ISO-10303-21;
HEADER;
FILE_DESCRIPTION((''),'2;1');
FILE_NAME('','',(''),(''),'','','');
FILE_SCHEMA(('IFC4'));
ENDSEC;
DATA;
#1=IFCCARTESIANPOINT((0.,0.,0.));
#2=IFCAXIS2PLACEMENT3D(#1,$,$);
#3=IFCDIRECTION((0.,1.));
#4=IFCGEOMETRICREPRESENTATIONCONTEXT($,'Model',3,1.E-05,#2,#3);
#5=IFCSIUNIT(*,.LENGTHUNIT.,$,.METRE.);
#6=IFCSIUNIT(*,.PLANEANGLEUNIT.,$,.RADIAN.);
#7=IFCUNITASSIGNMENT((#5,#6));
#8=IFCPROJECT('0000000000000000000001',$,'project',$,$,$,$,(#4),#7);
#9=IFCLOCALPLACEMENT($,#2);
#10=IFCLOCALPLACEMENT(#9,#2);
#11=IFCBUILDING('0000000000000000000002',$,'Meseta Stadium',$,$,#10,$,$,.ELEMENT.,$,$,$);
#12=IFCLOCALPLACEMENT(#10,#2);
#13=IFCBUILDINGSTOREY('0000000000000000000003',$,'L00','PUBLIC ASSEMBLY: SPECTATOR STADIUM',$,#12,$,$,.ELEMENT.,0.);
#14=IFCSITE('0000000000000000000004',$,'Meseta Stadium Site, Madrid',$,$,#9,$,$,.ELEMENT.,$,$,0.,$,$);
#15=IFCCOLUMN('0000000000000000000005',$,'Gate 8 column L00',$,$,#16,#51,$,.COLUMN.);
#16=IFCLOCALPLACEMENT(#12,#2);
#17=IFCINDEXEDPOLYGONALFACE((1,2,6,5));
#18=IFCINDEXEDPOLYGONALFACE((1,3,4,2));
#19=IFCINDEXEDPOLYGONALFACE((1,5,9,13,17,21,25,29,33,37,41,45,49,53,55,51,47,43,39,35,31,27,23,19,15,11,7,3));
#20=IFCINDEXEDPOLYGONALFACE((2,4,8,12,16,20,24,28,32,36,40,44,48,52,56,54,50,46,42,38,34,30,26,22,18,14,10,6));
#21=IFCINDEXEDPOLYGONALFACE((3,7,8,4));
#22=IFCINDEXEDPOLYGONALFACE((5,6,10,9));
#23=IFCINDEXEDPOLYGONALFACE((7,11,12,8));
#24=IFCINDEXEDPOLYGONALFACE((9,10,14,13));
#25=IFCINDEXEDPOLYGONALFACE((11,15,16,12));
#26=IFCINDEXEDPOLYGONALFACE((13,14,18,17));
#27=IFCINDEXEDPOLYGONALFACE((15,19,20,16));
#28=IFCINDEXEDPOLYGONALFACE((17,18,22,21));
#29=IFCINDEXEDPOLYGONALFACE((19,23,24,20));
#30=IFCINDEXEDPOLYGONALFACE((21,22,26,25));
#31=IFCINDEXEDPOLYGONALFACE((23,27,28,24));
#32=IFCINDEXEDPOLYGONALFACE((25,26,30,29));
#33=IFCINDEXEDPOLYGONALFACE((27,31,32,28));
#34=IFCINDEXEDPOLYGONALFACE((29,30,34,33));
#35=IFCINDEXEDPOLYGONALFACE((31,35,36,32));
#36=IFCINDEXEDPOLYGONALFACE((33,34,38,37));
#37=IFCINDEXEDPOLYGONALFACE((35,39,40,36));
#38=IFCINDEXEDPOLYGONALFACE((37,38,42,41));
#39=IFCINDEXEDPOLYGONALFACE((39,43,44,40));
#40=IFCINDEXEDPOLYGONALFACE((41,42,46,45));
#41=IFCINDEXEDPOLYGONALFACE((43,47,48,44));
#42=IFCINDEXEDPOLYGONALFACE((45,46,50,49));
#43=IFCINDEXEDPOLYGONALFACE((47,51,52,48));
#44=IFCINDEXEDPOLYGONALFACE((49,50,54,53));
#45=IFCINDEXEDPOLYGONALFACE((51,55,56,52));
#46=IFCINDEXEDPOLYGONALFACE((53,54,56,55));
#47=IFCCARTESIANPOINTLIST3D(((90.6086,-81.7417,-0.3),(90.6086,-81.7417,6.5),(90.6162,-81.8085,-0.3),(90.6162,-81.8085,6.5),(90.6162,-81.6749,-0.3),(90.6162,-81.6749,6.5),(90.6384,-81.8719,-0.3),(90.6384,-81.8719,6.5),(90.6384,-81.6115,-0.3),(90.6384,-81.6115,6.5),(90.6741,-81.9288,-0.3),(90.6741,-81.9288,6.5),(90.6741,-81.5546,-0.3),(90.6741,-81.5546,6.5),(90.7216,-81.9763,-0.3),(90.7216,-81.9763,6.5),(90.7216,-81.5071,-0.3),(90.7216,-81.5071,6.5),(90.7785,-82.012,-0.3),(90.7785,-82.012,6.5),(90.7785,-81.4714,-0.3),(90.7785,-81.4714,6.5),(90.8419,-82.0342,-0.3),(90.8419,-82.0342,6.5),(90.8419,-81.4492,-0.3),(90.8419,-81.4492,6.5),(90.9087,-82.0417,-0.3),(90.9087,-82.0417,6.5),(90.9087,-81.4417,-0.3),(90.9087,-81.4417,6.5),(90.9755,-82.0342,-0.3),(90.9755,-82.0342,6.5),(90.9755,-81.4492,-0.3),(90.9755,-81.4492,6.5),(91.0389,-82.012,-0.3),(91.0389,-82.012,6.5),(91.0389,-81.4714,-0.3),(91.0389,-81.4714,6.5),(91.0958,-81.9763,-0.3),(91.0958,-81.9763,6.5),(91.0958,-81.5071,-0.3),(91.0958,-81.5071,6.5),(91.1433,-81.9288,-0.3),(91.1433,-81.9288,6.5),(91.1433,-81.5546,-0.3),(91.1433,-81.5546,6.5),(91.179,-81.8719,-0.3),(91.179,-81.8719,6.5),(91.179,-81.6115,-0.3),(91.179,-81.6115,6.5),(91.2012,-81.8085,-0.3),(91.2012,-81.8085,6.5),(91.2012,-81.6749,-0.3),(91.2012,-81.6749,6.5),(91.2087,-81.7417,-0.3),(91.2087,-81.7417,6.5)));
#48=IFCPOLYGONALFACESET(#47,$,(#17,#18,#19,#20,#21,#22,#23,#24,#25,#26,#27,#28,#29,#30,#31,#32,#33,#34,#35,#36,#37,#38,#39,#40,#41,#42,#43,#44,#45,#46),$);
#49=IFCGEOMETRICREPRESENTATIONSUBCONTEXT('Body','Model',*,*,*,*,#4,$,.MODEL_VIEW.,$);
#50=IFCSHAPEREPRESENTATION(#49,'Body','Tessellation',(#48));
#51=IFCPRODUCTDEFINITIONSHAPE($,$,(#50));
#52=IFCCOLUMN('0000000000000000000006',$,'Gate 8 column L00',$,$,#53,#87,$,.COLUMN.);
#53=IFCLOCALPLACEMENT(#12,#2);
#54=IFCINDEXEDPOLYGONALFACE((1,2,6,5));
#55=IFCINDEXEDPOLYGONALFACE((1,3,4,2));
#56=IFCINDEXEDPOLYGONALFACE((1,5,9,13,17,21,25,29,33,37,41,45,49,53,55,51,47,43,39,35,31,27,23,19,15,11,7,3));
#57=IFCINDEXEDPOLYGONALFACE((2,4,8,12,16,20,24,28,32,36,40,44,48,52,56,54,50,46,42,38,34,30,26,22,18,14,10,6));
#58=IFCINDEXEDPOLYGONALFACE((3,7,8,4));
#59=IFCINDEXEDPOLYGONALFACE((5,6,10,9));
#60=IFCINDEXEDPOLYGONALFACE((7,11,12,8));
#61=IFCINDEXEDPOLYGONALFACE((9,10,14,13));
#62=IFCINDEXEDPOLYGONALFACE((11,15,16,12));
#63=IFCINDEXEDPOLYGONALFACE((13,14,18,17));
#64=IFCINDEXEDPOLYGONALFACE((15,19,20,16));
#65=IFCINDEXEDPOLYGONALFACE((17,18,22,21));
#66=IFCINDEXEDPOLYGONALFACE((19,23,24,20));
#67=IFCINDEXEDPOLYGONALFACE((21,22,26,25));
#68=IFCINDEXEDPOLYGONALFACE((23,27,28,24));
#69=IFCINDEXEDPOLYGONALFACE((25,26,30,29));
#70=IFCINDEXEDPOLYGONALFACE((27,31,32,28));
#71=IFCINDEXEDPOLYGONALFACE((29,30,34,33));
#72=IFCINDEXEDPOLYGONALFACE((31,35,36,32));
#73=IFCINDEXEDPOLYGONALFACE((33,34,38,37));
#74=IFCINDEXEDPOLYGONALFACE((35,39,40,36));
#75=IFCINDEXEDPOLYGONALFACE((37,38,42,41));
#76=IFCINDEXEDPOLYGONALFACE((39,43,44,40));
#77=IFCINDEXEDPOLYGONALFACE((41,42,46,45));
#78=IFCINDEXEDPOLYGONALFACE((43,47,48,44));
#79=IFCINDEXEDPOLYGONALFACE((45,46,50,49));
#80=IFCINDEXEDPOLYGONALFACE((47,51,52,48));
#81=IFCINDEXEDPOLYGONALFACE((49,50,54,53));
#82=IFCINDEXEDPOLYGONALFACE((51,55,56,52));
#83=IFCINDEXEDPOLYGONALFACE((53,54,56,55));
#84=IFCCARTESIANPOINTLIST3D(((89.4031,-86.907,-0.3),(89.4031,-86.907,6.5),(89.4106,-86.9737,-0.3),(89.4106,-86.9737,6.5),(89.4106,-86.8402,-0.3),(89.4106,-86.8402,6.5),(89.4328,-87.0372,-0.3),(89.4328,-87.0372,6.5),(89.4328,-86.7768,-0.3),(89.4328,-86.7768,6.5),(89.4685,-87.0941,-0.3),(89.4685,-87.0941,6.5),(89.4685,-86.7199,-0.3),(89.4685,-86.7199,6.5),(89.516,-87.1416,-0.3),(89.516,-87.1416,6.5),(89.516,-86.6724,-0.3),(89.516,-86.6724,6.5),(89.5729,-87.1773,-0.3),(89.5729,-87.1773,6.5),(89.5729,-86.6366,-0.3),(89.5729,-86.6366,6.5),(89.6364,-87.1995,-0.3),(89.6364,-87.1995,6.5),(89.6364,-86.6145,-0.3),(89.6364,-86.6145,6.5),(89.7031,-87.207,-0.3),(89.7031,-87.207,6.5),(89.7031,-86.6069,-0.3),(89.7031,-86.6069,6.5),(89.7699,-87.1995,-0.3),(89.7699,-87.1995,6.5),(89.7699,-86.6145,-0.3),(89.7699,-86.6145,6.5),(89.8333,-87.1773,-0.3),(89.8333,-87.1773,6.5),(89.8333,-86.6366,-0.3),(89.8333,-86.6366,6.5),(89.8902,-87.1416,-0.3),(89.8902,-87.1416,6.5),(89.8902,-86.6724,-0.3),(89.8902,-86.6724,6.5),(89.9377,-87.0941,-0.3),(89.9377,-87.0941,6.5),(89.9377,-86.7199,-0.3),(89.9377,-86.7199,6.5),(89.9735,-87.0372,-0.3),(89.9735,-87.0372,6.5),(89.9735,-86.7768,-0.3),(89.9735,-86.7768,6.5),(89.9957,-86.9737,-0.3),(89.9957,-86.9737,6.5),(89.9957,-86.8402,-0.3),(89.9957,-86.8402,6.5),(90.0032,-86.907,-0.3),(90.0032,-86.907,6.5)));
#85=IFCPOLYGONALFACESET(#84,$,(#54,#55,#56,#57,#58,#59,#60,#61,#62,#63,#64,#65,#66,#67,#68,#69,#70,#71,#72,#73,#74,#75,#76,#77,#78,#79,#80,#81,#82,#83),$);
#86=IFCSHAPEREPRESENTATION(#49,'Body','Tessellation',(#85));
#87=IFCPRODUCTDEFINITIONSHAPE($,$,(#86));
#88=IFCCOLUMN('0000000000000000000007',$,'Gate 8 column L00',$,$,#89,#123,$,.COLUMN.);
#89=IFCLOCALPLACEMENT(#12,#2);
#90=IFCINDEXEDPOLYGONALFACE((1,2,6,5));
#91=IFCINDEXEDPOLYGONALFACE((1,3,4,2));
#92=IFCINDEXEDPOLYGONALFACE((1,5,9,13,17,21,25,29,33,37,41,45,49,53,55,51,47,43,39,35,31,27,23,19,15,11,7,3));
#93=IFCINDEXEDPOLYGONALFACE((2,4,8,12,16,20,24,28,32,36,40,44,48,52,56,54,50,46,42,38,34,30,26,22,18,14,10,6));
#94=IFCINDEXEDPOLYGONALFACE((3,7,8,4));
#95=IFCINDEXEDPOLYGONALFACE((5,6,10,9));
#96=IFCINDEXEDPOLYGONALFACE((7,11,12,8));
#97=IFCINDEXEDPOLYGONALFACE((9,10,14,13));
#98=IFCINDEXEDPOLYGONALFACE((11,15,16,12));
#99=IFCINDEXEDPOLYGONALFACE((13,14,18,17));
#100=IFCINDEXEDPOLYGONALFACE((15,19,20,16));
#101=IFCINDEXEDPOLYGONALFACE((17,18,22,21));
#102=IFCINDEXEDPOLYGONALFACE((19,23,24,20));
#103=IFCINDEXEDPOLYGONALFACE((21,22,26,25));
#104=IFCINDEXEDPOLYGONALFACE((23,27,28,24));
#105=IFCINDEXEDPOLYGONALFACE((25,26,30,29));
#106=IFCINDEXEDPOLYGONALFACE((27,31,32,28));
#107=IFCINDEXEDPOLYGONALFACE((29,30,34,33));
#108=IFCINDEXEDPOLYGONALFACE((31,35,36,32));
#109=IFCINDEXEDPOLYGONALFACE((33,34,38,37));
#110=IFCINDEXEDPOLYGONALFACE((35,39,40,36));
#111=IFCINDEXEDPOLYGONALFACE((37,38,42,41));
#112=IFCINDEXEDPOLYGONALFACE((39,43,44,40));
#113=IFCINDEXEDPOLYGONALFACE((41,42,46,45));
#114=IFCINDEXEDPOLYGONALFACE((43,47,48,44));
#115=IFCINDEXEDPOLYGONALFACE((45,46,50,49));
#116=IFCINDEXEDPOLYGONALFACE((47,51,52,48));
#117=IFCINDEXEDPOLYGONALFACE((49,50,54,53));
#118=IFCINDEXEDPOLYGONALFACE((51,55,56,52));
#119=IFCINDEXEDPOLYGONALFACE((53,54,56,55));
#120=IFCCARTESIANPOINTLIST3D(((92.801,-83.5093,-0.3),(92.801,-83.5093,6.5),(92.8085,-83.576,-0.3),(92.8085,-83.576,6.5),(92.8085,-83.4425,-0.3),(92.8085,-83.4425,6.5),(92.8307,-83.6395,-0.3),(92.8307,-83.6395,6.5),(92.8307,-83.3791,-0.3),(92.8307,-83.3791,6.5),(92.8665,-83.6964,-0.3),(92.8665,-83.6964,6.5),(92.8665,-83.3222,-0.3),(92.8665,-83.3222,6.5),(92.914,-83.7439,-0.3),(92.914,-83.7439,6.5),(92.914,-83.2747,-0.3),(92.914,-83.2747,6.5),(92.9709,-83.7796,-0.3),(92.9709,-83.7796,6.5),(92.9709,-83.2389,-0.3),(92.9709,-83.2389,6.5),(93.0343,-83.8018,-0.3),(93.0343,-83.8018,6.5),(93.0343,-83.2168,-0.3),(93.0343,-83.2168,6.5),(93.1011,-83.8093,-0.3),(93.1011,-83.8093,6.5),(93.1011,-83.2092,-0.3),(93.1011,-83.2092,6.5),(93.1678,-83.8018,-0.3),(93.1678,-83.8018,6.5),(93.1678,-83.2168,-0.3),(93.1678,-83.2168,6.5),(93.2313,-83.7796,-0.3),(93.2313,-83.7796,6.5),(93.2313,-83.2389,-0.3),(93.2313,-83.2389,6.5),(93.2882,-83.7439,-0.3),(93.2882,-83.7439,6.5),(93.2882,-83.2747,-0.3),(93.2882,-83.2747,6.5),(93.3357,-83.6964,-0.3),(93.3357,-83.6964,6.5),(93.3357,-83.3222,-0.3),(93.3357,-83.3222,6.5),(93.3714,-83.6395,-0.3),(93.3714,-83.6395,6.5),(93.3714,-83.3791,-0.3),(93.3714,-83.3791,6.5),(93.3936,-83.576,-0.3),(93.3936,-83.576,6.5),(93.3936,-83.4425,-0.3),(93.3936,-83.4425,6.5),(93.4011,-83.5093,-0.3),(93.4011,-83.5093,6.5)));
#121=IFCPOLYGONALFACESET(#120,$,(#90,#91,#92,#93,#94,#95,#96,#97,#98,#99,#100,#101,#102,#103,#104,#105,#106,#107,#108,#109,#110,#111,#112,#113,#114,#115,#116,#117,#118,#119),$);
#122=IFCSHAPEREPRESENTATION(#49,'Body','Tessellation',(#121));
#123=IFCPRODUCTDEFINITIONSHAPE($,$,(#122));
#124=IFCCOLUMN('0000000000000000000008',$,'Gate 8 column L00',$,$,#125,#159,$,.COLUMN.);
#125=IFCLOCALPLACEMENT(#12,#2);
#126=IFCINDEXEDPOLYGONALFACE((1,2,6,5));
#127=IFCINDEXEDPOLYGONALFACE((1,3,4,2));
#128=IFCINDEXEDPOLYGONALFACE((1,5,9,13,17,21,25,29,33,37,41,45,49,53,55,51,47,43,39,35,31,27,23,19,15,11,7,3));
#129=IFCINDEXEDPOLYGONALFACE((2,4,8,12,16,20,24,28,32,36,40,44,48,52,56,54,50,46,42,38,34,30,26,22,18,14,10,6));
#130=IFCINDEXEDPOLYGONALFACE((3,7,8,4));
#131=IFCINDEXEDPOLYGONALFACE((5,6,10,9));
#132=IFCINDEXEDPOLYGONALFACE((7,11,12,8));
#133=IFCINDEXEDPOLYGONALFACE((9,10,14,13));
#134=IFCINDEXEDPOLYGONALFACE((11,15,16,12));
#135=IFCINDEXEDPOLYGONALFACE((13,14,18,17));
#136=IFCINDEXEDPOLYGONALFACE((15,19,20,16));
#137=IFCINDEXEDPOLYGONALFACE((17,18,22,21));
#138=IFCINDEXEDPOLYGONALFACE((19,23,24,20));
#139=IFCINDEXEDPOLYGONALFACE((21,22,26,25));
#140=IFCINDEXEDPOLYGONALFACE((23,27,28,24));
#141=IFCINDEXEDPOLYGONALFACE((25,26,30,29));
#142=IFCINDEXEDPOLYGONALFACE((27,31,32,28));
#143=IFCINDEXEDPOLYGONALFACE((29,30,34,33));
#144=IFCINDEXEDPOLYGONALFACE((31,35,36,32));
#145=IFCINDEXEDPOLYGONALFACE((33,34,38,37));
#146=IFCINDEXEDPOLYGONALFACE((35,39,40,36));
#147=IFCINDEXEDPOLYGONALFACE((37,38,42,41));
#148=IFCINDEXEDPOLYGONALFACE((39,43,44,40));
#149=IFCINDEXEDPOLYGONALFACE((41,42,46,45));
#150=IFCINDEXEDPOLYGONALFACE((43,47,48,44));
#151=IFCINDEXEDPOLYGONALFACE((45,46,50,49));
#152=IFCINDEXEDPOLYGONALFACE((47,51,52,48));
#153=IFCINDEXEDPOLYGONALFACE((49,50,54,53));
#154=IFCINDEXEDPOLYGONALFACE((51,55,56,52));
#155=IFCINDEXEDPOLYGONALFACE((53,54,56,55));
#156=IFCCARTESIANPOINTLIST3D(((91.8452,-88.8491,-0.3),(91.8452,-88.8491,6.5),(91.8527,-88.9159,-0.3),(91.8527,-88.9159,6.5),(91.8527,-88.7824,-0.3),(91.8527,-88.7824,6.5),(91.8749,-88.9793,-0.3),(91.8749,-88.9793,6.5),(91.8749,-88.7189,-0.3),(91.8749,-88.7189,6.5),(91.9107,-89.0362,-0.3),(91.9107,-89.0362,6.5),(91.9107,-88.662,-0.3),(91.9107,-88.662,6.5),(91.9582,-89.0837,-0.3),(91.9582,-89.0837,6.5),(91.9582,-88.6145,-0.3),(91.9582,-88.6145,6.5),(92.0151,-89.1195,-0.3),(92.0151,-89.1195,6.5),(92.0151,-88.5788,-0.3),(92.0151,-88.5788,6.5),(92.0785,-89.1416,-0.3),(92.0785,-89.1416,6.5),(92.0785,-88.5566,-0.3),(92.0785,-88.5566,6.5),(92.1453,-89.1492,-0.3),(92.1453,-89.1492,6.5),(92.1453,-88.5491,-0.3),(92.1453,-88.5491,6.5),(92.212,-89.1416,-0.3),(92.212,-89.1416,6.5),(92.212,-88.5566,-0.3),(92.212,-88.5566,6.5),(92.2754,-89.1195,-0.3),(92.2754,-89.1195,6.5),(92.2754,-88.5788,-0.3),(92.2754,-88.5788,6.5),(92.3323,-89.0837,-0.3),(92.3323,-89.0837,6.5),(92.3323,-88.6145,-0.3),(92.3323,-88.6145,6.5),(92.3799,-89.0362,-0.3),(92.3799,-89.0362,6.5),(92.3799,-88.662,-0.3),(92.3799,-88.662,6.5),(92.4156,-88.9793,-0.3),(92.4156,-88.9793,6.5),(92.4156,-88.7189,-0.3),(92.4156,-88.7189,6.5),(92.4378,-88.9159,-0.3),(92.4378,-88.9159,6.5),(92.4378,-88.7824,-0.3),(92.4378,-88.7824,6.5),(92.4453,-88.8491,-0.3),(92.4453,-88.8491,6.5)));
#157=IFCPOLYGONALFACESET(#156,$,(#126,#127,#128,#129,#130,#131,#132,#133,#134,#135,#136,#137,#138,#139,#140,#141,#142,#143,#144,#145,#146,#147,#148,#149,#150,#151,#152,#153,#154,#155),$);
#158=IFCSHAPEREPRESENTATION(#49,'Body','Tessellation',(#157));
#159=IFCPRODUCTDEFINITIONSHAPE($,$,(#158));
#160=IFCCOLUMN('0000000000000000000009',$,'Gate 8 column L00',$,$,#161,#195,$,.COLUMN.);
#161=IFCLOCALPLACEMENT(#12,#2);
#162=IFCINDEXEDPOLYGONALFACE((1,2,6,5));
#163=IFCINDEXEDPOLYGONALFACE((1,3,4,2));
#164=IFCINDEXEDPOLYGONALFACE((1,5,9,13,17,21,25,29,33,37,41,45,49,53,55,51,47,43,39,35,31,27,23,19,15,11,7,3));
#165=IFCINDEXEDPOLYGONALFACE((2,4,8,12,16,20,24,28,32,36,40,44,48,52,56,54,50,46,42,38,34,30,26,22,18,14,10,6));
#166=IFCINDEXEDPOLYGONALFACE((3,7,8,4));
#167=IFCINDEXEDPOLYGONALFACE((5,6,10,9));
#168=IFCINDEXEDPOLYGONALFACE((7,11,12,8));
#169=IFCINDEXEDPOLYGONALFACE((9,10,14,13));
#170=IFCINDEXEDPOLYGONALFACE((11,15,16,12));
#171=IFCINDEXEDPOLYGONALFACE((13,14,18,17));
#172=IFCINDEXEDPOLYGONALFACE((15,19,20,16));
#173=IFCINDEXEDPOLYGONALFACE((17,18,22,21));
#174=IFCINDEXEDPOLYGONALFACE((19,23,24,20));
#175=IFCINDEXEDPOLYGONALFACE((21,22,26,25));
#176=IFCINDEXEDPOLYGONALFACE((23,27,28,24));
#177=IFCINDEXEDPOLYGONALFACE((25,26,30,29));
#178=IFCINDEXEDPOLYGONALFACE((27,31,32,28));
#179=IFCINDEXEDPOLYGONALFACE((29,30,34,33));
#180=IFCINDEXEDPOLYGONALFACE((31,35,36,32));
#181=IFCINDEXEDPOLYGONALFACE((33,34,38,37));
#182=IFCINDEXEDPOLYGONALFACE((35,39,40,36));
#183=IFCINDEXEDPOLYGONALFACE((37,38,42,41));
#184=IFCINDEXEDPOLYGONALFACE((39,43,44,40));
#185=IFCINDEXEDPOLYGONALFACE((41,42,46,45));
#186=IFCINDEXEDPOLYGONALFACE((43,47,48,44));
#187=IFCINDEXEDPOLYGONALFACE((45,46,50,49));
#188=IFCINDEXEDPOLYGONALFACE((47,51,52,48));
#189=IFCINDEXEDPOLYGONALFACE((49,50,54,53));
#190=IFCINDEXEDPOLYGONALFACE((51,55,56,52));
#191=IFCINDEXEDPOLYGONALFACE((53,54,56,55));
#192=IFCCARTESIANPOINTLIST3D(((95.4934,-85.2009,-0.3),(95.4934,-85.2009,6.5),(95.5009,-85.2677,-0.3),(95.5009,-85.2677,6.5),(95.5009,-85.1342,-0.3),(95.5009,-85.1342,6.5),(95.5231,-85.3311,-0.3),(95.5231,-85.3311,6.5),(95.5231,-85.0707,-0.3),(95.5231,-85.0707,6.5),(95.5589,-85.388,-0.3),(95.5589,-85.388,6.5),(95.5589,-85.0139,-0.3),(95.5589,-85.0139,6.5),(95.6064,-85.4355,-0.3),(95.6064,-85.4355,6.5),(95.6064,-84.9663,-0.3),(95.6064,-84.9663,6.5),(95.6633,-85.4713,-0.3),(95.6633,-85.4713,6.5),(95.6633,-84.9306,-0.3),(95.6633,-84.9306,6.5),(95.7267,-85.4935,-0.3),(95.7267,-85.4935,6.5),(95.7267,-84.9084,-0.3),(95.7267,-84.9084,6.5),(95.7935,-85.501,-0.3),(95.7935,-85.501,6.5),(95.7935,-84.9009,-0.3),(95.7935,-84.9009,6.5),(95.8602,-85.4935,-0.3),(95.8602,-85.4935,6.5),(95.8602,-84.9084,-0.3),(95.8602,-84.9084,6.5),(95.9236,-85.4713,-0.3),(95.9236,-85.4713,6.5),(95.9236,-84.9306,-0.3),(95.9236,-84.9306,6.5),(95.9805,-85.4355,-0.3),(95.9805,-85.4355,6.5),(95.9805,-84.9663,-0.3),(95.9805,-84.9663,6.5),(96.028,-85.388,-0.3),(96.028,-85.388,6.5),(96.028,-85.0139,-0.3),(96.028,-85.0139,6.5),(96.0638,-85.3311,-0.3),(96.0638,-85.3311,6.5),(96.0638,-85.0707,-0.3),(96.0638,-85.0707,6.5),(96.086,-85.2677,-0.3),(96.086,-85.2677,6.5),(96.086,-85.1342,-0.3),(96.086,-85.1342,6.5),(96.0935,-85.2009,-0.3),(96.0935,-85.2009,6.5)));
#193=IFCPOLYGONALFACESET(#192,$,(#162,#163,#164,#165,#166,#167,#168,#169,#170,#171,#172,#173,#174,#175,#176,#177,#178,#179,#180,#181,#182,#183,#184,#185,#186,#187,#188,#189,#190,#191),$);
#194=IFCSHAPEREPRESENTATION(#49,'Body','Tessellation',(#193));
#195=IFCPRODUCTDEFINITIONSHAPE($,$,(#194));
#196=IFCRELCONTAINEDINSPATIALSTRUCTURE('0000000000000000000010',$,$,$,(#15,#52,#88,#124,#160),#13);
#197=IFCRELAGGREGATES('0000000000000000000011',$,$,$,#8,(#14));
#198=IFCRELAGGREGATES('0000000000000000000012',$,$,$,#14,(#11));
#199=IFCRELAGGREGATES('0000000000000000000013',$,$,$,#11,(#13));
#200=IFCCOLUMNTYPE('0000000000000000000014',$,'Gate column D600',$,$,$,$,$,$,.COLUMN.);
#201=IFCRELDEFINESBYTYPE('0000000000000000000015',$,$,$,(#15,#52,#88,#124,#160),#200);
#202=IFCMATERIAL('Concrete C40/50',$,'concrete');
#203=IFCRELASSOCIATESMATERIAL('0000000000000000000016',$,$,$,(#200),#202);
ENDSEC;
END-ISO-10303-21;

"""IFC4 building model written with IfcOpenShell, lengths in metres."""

from ifc_helpers import new_model, si_unit, direction, frame, origin, origin_2d, place, context, subcontext, project, spatial, circle, extrude, material, material_profile, profile_set, type_object, element, save


model = new_model("IFC4")

# Units and contexts
model_context = context("Model", 3, precision=1e-05, world=origin(), true_north=direction((0.0, 1.0)))
body_context = subcontext(model_context, "Body", "Model", "MODEL_VIEW")
ifc_project = project(units=[si_unit("LENGTHUNIT", "METRE"), si_unit("PLANEANGLEUNIT", "RADIAN")], contexts=[model_context])

# Site, building, storey
site_placement = place(None, origin())
site = spatial("IfcSite", under=ifc_project, at=site_placement, Name="Meseta Stadium Site, Madrid", CompositionType="ELEMENT", RefElevation=0.0)
building_placement = place(site_placement, origin())
building = spatial("IfcBuilding", under=site, at=building_placement, Name="Meseta Stadium", CompositionType="ELEMENT")
storey_placement = place(building_placement, origin())
storey = spatial("IfcBuildingStorey", under=building, at=storey_placement, Name="L00", Description="PUBLIC ASSEMBLY: SPECTATOR STADIUM", CompositionType="ELEMENT", Elevation=0.0)

# Columns
ifc_material_1 = material(Name="Concrete C40/50", Category="concrete")
ifc_material_profile_1 = material_profile(ifc_material_1, circle(Radius=0.3, at=origin_2d()), Name="RC D600")
ifc_profile_set_1 = profile_set([ifc_material_profile_1], Name="Concrete C40/50")
column_type_1 = type_object("IfcColumnType", Name="Gate column D600", PredefinedType="COLUMN", material=ifc_profile_set_1)
for number, where, z_axis, x_axis, name in (
    (1, (90.9087, -81.7417, -0.3), (0.0, 0.0, 1.0), (1.0, 0.0, 0.0), "Gate 8 column L00"),
    (2, (89.7031, -86.907, -0.3), (0.0, 0.0, 1.0), (1.0, 0.0, 0.0), "Gate 8 column L00"),
    (3, (93.1011, -83.5093, -0.3), (0.0, 0.0, 1.0), (1.0, 0.0, 0.0), "Gate 8 column L00"),
    (4, (92.1453, -88.8491, -0.3), (0.0, 0.0, 1.0), (1.0, 0.0, 0.0), "Gate 8 column L00"),
    (5, (95.7935, -85.2009, -0.3), (0.0, 0.0, 1.0), (1.0, 0.0, 0.0), "Gate 8 column L00"),
):
    element("IfcColumn", number, at=place(storey_placement, frame(where, z_axis=z_axis, x_axis=x_axis)), inside=storey, type_object=column_type_1, Name=name, PredefinedType="COLUMN", context=body_context, shape_type="SweptSolid", body=[
        extrude(circle(Radius=0.3, at=origin_2d()), origin(), (0.0, 0.0, 1.0), 6.8),
    ])

save(model, "model.ifc")
